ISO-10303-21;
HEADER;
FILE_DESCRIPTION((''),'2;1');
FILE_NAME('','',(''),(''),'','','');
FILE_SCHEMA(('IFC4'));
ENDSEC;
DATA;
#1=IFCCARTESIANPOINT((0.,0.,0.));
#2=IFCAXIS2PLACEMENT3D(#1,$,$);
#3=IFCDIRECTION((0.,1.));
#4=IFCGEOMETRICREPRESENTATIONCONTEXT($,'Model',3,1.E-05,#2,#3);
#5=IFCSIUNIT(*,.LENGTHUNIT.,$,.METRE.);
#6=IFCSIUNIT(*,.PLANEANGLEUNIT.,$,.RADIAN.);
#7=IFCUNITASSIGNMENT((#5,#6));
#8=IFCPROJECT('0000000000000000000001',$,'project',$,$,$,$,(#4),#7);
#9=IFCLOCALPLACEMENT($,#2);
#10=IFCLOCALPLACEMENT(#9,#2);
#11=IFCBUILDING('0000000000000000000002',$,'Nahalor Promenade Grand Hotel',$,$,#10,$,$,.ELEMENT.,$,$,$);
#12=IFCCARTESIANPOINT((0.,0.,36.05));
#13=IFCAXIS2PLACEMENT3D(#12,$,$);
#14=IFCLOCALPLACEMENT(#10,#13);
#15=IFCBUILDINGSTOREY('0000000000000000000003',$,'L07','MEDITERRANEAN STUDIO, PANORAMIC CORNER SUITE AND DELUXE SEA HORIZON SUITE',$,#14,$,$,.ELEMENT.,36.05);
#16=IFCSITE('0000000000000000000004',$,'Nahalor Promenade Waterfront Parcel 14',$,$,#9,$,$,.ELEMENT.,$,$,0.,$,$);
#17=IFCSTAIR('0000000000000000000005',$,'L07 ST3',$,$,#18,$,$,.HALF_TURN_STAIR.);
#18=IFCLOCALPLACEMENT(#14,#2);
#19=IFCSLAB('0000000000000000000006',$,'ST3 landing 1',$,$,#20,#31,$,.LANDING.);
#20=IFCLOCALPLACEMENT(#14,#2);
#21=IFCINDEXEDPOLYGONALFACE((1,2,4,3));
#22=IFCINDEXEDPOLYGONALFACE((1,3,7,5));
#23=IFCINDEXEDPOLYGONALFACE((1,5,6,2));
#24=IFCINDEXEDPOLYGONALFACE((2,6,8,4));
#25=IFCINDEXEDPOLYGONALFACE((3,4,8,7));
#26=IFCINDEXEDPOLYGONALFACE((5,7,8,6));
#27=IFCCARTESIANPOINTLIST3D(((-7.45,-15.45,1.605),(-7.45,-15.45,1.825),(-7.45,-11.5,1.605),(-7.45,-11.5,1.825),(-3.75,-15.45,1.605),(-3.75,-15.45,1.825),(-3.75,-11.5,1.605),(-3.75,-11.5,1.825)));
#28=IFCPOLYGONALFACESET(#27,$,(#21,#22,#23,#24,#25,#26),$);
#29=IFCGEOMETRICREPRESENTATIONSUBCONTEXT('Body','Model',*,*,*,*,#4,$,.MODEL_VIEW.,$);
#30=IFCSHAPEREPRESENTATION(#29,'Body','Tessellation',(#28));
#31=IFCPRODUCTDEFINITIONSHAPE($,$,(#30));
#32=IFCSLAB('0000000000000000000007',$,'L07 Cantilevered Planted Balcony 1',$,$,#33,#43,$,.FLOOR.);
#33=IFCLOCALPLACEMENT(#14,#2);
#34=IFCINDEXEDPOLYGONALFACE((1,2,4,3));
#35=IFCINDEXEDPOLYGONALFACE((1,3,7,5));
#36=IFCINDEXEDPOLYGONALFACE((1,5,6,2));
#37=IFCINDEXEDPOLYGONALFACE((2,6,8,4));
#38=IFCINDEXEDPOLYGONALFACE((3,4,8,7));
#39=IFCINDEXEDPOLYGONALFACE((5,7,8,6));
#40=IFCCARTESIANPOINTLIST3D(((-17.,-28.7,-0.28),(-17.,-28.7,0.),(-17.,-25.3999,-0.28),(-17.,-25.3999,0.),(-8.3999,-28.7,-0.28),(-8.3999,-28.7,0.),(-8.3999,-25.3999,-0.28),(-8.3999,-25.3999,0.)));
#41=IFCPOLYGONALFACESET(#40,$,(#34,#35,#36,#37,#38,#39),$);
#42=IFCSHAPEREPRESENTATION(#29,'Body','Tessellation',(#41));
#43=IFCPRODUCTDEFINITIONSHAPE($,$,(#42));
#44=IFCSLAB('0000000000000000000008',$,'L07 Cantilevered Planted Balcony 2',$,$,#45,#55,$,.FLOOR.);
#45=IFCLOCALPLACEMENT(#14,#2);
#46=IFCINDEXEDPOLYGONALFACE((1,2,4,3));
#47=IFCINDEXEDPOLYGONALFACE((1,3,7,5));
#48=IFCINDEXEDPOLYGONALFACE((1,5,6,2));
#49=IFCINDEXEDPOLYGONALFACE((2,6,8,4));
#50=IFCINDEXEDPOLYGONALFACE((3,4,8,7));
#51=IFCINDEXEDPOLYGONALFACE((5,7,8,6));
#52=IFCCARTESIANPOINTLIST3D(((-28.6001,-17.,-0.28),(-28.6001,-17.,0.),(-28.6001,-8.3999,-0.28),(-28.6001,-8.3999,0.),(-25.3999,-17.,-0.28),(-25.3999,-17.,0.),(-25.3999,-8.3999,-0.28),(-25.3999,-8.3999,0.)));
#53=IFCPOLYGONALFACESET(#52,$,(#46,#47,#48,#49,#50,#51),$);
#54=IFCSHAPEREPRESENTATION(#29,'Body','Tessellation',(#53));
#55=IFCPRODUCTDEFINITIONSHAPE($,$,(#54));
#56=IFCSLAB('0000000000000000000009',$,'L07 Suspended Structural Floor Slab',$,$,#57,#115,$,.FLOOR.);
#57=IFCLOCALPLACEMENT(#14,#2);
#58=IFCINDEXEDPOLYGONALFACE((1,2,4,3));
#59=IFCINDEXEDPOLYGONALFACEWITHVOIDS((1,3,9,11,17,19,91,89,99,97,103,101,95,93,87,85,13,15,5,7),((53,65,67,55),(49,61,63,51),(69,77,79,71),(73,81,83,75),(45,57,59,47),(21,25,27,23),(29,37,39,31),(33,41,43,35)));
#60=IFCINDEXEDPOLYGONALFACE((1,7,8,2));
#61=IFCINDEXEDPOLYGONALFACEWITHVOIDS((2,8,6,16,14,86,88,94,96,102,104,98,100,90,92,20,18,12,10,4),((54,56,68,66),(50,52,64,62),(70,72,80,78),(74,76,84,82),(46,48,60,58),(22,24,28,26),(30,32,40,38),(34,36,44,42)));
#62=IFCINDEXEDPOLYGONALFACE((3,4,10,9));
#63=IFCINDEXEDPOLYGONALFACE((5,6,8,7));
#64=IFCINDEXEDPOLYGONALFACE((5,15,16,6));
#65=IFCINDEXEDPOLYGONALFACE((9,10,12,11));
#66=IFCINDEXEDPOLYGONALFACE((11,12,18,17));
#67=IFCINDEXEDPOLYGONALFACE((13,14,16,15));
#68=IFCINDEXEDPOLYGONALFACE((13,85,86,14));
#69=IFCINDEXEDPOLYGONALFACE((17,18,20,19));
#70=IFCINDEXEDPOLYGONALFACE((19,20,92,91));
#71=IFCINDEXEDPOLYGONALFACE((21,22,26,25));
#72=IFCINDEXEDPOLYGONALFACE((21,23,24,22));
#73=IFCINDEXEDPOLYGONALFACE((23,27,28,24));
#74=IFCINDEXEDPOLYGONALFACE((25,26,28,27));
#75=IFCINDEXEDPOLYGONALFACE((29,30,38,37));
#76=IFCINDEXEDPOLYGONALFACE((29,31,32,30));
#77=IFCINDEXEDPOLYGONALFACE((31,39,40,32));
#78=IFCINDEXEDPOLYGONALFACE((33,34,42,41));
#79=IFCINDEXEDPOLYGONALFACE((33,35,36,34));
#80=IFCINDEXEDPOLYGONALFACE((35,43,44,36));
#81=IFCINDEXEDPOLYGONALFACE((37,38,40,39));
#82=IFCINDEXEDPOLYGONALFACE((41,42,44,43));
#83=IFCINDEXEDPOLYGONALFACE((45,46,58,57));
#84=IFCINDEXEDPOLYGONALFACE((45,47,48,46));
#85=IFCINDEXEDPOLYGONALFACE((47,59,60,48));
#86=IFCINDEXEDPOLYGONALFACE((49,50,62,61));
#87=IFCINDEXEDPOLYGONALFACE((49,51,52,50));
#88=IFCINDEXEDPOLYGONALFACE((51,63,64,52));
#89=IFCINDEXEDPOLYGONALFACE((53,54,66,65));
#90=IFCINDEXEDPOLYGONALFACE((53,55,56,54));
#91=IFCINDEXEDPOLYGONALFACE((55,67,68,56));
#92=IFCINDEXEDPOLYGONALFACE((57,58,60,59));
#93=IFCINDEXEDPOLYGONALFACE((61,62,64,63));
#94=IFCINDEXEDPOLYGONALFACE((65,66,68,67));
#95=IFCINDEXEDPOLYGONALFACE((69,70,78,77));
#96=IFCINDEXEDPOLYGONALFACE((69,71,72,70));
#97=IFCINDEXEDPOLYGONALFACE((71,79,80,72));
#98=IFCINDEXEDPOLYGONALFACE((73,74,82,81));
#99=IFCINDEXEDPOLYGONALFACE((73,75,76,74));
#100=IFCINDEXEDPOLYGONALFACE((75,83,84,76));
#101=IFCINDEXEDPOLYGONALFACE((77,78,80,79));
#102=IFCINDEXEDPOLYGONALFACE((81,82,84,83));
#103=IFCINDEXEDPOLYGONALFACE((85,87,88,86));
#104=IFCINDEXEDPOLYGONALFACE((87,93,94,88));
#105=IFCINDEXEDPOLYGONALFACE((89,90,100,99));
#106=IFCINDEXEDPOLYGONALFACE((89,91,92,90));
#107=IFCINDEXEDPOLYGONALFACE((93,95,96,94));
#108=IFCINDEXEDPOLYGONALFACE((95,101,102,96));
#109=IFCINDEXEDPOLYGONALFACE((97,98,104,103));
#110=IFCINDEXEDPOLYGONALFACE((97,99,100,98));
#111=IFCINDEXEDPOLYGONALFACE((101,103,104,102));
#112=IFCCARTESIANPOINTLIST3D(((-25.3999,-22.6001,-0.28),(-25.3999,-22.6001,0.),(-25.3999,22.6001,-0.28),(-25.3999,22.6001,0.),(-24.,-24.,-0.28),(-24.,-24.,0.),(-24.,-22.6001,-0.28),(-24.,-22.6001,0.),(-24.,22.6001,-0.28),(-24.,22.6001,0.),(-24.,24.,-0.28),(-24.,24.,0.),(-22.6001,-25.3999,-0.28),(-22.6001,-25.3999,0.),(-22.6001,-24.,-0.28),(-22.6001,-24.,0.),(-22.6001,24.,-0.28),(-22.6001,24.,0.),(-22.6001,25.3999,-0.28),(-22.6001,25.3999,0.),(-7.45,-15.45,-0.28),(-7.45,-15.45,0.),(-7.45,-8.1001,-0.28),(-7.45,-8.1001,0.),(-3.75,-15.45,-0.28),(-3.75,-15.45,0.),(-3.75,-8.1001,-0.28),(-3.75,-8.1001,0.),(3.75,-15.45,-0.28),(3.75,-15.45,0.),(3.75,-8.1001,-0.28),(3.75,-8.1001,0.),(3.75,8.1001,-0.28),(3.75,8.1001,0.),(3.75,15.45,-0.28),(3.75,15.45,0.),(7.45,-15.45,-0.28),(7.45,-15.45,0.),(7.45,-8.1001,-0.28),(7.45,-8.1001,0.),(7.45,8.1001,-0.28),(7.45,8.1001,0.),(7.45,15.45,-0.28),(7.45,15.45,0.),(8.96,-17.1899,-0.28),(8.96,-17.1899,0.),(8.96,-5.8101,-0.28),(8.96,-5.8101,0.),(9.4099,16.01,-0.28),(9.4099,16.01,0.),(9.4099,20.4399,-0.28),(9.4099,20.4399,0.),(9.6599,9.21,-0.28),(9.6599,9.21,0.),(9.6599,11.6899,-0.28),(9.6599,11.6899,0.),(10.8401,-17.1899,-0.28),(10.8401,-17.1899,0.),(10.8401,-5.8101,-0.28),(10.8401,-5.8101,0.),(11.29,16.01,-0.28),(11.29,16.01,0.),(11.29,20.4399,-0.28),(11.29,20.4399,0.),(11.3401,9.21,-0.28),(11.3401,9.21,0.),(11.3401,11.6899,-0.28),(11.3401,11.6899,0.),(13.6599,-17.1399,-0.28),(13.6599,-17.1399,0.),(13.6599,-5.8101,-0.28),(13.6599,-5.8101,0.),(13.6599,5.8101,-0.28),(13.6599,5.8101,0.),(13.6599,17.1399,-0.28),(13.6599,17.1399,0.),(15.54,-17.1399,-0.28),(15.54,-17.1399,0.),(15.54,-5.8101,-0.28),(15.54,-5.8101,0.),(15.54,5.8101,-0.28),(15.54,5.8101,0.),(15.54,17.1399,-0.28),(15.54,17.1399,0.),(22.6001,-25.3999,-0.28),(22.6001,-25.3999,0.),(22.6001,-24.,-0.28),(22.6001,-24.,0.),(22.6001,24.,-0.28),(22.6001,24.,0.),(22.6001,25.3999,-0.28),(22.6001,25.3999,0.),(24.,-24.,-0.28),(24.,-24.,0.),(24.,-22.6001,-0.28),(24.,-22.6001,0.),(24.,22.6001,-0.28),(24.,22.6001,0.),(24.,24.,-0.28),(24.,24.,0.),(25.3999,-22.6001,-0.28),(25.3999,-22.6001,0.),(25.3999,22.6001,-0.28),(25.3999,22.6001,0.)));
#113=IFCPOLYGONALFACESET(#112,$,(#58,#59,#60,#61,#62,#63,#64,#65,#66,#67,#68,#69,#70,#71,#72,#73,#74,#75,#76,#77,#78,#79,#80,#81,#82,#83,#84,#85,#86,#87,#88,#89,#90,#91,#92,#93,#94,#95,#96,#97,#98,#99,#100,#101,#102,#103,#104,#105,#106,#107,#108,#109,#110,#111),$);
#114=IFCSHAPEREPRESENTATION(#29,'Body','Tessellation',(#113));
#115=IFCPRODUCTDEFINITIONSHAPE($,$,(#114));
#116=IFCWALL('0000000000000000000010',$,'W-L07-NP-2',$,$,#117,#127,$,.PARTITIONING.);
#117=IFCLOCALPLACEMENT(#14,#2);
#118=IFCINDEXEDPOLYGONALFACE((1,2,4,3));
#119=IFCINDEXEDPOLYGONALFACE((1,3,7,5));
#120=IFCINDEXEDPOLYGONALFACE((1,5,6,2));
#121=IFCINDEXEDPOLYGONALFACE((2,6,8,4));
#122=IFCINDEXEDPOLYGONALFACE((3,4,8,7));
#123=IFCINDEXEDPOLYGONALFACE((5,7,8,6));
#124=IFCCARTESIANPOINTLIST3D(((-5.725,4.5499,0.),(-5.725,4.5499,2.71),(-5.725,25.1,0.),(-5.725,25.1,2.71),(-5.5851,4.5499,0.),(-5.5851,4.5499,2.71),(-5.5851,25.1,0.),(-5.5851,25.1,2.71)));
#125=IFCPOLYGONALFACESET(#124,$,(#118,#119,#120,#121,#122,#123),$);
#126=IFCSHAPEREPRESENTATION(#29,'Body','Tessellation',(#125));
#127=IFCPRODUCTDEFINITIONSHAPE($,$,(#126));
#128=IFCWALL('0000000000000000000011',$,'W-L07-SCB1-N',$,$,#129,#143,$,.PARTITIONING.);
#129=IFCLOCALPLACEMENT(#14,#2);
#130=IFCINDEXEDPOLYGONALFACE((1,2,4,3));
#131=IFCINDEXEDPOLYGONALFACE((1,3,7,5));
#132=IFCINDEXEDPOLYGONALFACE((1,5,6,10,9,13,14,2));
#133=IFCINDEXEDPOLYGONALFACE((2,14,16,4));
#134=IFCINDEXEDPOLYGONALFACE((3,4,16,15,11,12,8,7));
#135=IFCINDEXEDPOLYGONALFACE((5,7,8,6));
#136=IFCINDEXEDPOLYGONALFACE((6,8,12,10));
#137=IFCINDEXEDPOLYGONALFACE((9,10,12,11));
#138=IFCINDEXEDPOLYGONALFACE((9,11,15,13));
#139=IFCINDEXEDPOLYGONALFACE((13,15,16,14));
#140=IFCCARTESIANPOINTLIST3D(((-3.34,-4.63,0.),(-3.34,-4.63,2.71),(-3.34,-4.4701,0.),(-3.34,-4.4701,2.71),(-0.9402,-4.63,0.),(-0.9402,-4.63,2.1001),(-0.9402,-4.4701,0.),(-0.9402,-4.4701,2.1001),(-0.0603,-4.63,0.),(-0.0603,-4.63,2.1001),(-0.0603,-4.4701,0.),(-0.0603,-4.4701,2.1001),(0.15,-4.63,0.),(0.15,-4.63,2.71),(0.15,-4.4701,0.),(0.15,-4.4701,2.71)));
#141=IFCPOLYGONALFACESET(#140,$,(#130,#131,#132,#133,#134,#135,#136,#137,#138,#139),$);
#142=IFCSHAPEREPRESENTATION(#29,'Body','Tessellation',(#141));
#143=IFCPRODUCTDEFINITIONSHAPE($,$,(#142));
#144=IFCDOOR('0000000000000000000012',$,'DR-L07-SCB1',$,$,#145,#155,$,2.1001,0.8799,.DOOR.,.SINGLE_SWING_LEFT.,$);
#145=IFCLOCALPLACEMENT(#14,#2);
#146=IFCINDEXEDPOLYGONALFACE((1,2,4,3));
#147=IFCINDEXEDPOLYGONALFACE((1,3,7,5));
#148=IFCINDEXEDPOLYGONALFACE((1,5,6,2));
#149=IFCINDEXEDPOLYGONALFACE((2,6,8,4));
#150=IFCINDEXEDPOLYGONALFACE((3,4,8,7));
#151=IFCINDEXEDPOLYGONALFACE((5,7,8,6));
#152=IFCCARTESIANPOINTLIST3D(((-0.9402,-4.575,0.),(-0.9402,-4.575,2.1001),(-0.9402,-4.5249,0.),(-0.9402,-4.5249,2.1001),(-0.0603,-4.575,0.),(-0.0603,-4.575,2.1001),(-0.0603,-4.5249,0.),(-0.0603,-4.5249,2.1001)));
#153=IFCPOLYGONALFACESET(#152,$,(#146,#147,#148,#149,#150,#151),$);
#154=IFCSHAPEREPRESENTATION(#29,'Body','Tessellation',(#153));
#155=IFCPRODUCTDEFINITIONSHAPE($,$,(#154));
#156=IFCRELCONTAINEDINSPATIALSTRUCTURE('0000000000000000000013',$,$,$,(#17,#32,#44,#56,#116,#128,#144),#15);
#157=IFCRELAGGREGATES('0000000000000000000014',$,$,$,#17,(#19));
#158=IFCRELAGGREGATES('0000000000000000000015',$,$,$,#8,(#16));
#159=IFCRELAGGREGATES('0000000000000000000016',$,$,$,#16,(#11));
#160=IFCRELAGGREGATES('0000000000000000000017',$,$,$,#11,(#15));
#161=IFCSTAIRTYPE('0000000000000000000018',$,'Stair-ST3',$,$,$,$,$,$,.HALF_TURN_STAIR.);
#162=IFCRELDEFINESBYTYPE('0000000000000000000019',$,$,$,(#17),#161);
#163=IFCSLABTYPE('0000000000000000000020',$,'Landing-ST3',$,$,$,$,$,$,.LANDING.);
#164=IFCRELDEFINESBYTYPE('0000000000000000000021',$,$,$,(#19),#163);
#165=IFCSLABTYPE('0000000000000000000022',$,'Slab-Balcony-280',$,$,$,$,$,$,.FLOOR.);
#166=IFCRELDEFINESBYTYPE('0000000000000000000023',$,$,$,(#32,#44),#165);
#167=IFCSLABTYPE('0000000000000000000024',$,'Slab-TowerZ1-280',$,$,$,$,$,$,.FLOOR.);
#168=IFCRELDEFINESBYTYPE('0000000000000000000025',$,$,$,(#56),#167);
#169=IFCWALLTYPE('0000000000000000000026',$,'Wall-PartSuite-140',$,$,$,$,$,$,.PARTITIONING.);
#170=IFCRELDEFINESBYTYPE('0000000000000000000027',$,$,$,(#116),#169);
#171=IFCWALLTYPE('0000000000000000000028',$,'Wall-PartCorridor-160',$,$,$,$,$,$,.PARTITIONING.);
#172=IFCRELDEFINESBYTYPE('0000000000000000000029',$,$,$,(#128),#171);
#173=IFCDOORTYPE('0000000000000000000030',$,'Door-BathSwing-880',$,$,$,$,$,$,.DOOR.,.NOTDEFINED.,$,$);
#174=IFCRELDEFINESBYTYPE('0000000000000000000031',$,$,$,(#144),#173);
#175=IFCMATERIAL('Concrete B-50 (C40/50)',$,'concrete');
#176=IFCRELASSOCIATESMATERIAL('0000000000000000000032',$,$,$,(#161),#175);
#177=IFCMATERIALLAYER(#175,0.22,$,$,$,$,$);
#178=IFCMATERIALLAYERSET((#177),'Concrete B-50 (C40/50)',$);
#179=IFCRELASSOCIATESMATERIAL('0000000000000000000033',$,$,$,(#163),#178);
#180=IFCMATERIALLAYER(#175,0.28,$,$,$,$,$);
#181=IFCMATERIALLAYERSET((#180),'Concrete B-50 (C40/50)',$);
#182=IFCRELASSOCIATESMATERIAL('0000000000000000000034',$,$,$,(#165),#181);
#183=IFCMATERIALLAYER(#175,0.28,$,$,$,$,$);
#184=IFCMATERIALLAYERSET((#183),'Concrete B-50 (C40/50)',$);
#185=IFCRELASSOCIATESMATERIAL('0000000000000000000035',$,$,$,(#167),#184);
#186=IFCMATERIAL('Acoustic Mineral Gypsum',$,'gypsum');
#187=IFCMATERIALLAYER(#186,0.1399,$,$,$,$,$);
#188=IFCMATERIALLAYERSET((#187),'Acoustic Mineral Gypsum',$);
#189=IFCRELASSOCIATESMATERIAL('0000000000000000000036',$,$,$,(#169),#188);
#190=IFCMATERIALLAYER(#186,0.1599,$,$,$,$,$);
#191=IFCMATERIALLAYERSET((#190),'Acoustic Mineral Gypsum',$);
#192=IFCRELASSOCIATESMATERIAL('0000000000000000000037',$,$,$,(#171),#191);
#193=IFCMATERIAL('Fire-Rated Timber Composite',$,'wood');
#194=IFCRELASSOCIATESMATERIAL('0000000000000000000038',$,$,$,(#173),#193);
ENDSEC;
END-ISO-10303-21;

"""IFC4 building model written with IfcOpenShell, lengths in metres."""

from ifc_helpers import new_model, si_unit, direction, frame, frame_2d, origin, place, context, subcontext, project, spatial, polyline, rectangle, outline, extrude, source, transform, mapped, material, layer, layer_set, type_object, element, fill, aggregate, save


model = new_model("IFC4")

# Units and contexts
model_context = context("Model", 3, precision=1e-05, world=origin(), true_north=direction((0.0, 1.0)))
body_context = subcontext(model_context, "Body", "Model", "MODEL_VIEW")
ifc_project = project(units=[si_unit("LENGTHUNIT", "METRE"), si_unit("PLANEANGLEUNIT", "RADIAN")], contexts=[model_context])

# Site, building, storey
site_placement = place(None, origin())
site = spatial("IfcSite", under=ifc_project, at=site_placement, Name="Nahalor Promenade Waterfront Parcel 14", CompositionType="ELEMENT", RefElevation=0.0)
building_placement = place(site_placement, origin())
building = spatial("IfcBuilding", under=site, at=building_placement, Name="Nahalor Promenade Grand Hotel", CompositionType="ELEMENT")
storey_placement = place(building_placement, frame((0.0, 0.0, 36.05)))
storey = spatial("IfcBuildingStorey", under=building, at=storey_placement, Name="L07", Description="MEDITERRANEAN STUDIO, PANORAMIC CORNER SUITE AND DELUXE SEA HORIZON SUITE", CompositionType="ELEMENT", Elevation=36.05)

# Stair, slab
ifc_material_1 = material(Name="Concrete B-50 (C40/50)", Category="concrete")
stair_type_1 = type_object("IfcStairType", Name="Stair-ST3", PredefinedType="HALF_TURN_STAIR", material=ifc_material_1)
stair_1_placement = place(storey_placement, origin())
stair_1 = element("IfcStair", 1, at=stair_1_placement, inside=storey, type_object=stair_type_1, Name="L07 ST3", PredefinedType="HALF_TURN_STAIR")
ifc_layer_1 = layer(ifc_material_1, 0.22)
ifc_layer_set_1 = layer_set([ifc_layer_1], Name="Concrete B-50 (C40/50)")
slab_type_1 = type_object("IfcSlabType", Name="Landing-ST3", PredefinedType="LANDING", material=ifc_layer_set_1)
slab_1_placement = place(storey_placement, frame((0.0, 0.0, 1.605)))
slab_1 = element("IfcSlab", 2, at=slab_1_placement, type_object=slab_type_1, Name="ST3 landing 1", PredefinedType="LANDING", context=body_context, shape_type="SweptSolid", body=[
    extrude(outline(polyline([(-7.45, -11.5), (-7.45, -15.45), (-3.75, -15.45), (-3.75, -11.5), (-7.45, -11.5)])), origin(), (0.0, 0.0, 1.0), 0.22),
])
aggregate(stair_1, [slab_1])

# Slabs
ifc_layer_2 = layer(ifc_material_1, 0.28)
ifc_layer_set_2 = layer_set([ifc_layer_2], Name="Concrete B-50 (C40/50)")
slab_type_2 = type_object("IfcSlabType", Name="Slab-Balcony-280", PredefinedType="FLOOR", material=ifc_layer_set_2)
slab_2_placement = place(storey_placement, frame((0.0, 0.0, -0.28)))
element("IfcSlab", 3, at=slab_2_placement, inside=storey, type_object=slab_type_2, Name="L07 Cantilevered Planted Balcony 1", PredefinedType="FLOOR", context=body_context, shape_type="SweptSolid", body=[
    extrude(outline(polyline([(-17.0, -28.7), (-8.3999, -28.7), (-8.3999, -25.3999), (-17.0, -25.3999), (-17.0, -28.7)])), origin(), (0.0, 0.0, 1.0), 0.28),
])
slab_3_placement = place(storey_placement, frame((0.0, 0.0, -0.28)))
element("IfcSlab", 4, at=slab_3_placement, inside=storey, type_object=slab_type_2, Name="L07 Cantilevered Planted Balcony 2", PredefinedType="FLOOR", context=body_context, shape_type="SweptSolid", body=[
    extrude(outline(polyline([(-28.6001, -17.0), (-25.3999, -17.0), (-25.3999, -8.3999), (-28.6001, -8.3999), (-28.6001, -17.0)])), origin(), (0.0, 0.0, 1.0), 0.28),
])
ifc_layer_3 = layer(ifc_material_1, 0.28)
ifc_layer_set_3 = layer_set([ifc_layer_3], Name="Concrete B-50 (C40/50)")
slab_type_3 = type_object("IfcSlabType", Name="Slab-TowerZ1-280", PredefinedType="FLOOR", material=ifc_layer_set_3)
slab_4_placement = place(storey_placement, frame((0.0, 0.0, -0.28)))
element("IfcSlab", 5, at=slab_4_placement, inside=storey, type_object=slab_type_3, Name="L07 Suspended Structural Floor Slab", PredefinedType="FLOOR", context=body_context, shape_type="SweptSolid", body=[
    extrude(outline(polyline([(-22.6001, -25.3999), (22.6001, -25.3999), (22.6001, -24.0), (24.0, -24.0), (24.0, -22.6001), (25.3999, -22.6001), (25.3999, 22.6001), (24.0, 22.6001), (24.0, 24.0), (22.6001, 24.0), (22.6001, 25.3999), (-22.6001, 25.3999), (-22.6001, 24.0), (-24.0, 24.0), (-24.0, 22.6001), (-25.3999, 22.6001), (-25.3999, -22.6001), (-24.0, -22.6001), (-24.0, -24.0), (-22.6001, -24.0), (-22.6001, -25.3999)]), holes=[polyline([(3.75, 8.1001), (7.45, 8.1001), (7.45, 15.45), (3.75, 15.45), (3.75, 8.1001)]), polyline([(3.75, -15.45), (7.45, -15.45), (7.45, -8.1001), (3.75, -8.1001), (3.75, -15.45)]), polyline([(-7.45, -15.45), (-3.75, -15.45), (-3.75, -8.1001), (-7.45, -8.1001), (-7.45, -15.45)]), polyline([(13.6599, 5.8101), (15.54, 5.8101), (15.54, 17.1399), (13.6599, 17.1399), (13.6599, 5.8101)]), polyline([(13.6599, -17.1399), (15.54, -17.1399), (15.54, -5.8101), (13.6599, -5.8101), (13.6599, -17.1399)]), polyline([(8.96, -17.1899), (10.8401, -17.1899), (10.8401, -5.8101), (8.96, -5.8101), (8.96, -17.1899)]), polyline([(9.4099, 16.01), (11.29, 16.01), (11.29, 20.4399), (9.4099, 20.4399), (9.4099, 16.01)]), polyline([(9.6599, 9.21), (11.3401, 9.21), (11.3401, 11.6899), (9.6599, 11.6899), (9.6599, 9.21)])]), origin(), (0.0, 0.0, 1.0), 0.28),
])

# Wall
ifc_material_2 = material(Name="Acoustic Mineral Gypsum", Category="gypsum")
ifc_layer_4 = layer(ifc_material_2, 0.1399)
ifc_layer_set_4 = layer_set([ifc_layer_4], Name="Acoustic Mineral Gypsum")
wall_type_1 = type_object("IfcWallType", Name="Wall-PartSuite-140", PredefinedType="PARTITIONING", material=ifc_layer_set_4)
shared_shape_1 = source(origin(), body_context, "Body", "SweptSolid", [
    extrude(rectangle(XDim=20.55, YDim=0.1399, at=frame_2d((10.2749, 0.0))), origin(), (0.0, 0.0, 1.0), 2.71),
])
wall_1_placement = place(storey_placement, frame((-5.655, 4.55, 0.0), z_axis=(0.0, 0.0, 1.0), x_axis=(0.0, 1.0, 0.0)))
element("IfcWall", 6, at=wall_1_placement, inside=storey, type_object=wall_type_1, Name="W-L07-NP-2", PredefinedType="PARTITIONING", context=body_context, shape_type="MappedRepresentation", body=[
    mapped(shared_shape_1, transform((0.0, 0.0, 0.0), scale=1.0)),
])

# Wall, opening, door
ifc_layer_5 = layer(ifc_material_2, 0.1599)
ifc_layer_set_5 = layer_set([ifc_layer_5], Name="Acoustic Mineral Gypsum")
wall_type_2 = type_object("IfcWallType", Name="Wall-PartCorridor-160", PredefinedType="PARTITIONING", material=ifc_layer_set_5)
shared_shape_2 = source(origin(), body_context, "Body", "SweptSolid", [
    extrude(rectangle(XDim=3.49, YDim=0.1599, at=frame_2d((1.7451, 0.0))), origin(), (0.0, 0.0, 1.0), 2.71),
])
wall_2_placement = place(storey_placement, frame((-3.3401, -4.55, 0.0), z_axis=(0.0, 0.0, 1.0), x_axis=(1.0, 0.0, 0.0)))
wall_2 = element("IfcWall", 7, at=wall_2_placement, inside=storey, type_object=wall_type_2, Name="W-L07-SCB1-N", PredefinedType="PARTITIONING", context=body_context, shape_type="MappedRepresentation", body=[
    mapped(shared_shape_2, transform((0.0, 0.0, 0.0), scale=1.0)),
])
opening_1_placement = place(wall_2_placement, frame((2.3999, 0.0, 0.0)))
opening_1 = element("IfcOpeningElement", 8, at=opening_1_placement, cuts=wall_2, PredefinedType="OPENING", context=body_context, shape_type="SweptSolid", body=[
    extrude(rectangle(XDim=0.8799, YDim=2.1001, at=frame_2d((0.4399, 1.05))), frame((0.0, 0.0898, 0.0), z_axis=(0.0, -1.0, 0.0), x_axis=(1.0, 0.0, 0.0)), (0.0, 0.0, 1.0), 0.1799),
])
ifc_material_3 = material(Name="Fire-Rated Timber Composite", Category="wood")
door_type_1 = type_object("IfcDoorType", Name="Door-BathSwing-880", OperationType="NOTDEFINED", PredefinedType="DOOR", material=ifc_material_3)
shared_shape_3 = source(origin(), body_context, "Body", "SweptSolid", [
    extrude(rectangle(XDim=0.8799, YDim=2.1001, at=frame_2d((0.4399, 1.05))), frame((0.0, 0.0249, 0.0), z_axis=(0.0, -1.0, 0.0), x_axis=(1.0, 0.0, 0.0)), (0.0, 0.0, 1.0), 0.05),
])
door_1_placement = place(opening_1_placement, frame((0.8799, 0.0, 0.0), z_axis=(0.0, 0.0, 1.0), x_axis=(-1.0, 0.0, 0.0)))
door_1 = element("IfcDoor", 9, at=door_1_placement, inside=storey, type_object=door_type_1, Name="DR-L07-SCB1", OperationType="SINGLE_SWING_LEFT", OverallHeight=2.1001, OverallWidth=0.8799, PredefinedType="DOOR", context=body_context, shape_type="MappedRepresentation", body=[
    mapped(shared_shape_3, transform((0.0, 0.0, 0.0), scale=1.0)),
])
fill(opening_1, door_1)

save(model, "model.ifc")
